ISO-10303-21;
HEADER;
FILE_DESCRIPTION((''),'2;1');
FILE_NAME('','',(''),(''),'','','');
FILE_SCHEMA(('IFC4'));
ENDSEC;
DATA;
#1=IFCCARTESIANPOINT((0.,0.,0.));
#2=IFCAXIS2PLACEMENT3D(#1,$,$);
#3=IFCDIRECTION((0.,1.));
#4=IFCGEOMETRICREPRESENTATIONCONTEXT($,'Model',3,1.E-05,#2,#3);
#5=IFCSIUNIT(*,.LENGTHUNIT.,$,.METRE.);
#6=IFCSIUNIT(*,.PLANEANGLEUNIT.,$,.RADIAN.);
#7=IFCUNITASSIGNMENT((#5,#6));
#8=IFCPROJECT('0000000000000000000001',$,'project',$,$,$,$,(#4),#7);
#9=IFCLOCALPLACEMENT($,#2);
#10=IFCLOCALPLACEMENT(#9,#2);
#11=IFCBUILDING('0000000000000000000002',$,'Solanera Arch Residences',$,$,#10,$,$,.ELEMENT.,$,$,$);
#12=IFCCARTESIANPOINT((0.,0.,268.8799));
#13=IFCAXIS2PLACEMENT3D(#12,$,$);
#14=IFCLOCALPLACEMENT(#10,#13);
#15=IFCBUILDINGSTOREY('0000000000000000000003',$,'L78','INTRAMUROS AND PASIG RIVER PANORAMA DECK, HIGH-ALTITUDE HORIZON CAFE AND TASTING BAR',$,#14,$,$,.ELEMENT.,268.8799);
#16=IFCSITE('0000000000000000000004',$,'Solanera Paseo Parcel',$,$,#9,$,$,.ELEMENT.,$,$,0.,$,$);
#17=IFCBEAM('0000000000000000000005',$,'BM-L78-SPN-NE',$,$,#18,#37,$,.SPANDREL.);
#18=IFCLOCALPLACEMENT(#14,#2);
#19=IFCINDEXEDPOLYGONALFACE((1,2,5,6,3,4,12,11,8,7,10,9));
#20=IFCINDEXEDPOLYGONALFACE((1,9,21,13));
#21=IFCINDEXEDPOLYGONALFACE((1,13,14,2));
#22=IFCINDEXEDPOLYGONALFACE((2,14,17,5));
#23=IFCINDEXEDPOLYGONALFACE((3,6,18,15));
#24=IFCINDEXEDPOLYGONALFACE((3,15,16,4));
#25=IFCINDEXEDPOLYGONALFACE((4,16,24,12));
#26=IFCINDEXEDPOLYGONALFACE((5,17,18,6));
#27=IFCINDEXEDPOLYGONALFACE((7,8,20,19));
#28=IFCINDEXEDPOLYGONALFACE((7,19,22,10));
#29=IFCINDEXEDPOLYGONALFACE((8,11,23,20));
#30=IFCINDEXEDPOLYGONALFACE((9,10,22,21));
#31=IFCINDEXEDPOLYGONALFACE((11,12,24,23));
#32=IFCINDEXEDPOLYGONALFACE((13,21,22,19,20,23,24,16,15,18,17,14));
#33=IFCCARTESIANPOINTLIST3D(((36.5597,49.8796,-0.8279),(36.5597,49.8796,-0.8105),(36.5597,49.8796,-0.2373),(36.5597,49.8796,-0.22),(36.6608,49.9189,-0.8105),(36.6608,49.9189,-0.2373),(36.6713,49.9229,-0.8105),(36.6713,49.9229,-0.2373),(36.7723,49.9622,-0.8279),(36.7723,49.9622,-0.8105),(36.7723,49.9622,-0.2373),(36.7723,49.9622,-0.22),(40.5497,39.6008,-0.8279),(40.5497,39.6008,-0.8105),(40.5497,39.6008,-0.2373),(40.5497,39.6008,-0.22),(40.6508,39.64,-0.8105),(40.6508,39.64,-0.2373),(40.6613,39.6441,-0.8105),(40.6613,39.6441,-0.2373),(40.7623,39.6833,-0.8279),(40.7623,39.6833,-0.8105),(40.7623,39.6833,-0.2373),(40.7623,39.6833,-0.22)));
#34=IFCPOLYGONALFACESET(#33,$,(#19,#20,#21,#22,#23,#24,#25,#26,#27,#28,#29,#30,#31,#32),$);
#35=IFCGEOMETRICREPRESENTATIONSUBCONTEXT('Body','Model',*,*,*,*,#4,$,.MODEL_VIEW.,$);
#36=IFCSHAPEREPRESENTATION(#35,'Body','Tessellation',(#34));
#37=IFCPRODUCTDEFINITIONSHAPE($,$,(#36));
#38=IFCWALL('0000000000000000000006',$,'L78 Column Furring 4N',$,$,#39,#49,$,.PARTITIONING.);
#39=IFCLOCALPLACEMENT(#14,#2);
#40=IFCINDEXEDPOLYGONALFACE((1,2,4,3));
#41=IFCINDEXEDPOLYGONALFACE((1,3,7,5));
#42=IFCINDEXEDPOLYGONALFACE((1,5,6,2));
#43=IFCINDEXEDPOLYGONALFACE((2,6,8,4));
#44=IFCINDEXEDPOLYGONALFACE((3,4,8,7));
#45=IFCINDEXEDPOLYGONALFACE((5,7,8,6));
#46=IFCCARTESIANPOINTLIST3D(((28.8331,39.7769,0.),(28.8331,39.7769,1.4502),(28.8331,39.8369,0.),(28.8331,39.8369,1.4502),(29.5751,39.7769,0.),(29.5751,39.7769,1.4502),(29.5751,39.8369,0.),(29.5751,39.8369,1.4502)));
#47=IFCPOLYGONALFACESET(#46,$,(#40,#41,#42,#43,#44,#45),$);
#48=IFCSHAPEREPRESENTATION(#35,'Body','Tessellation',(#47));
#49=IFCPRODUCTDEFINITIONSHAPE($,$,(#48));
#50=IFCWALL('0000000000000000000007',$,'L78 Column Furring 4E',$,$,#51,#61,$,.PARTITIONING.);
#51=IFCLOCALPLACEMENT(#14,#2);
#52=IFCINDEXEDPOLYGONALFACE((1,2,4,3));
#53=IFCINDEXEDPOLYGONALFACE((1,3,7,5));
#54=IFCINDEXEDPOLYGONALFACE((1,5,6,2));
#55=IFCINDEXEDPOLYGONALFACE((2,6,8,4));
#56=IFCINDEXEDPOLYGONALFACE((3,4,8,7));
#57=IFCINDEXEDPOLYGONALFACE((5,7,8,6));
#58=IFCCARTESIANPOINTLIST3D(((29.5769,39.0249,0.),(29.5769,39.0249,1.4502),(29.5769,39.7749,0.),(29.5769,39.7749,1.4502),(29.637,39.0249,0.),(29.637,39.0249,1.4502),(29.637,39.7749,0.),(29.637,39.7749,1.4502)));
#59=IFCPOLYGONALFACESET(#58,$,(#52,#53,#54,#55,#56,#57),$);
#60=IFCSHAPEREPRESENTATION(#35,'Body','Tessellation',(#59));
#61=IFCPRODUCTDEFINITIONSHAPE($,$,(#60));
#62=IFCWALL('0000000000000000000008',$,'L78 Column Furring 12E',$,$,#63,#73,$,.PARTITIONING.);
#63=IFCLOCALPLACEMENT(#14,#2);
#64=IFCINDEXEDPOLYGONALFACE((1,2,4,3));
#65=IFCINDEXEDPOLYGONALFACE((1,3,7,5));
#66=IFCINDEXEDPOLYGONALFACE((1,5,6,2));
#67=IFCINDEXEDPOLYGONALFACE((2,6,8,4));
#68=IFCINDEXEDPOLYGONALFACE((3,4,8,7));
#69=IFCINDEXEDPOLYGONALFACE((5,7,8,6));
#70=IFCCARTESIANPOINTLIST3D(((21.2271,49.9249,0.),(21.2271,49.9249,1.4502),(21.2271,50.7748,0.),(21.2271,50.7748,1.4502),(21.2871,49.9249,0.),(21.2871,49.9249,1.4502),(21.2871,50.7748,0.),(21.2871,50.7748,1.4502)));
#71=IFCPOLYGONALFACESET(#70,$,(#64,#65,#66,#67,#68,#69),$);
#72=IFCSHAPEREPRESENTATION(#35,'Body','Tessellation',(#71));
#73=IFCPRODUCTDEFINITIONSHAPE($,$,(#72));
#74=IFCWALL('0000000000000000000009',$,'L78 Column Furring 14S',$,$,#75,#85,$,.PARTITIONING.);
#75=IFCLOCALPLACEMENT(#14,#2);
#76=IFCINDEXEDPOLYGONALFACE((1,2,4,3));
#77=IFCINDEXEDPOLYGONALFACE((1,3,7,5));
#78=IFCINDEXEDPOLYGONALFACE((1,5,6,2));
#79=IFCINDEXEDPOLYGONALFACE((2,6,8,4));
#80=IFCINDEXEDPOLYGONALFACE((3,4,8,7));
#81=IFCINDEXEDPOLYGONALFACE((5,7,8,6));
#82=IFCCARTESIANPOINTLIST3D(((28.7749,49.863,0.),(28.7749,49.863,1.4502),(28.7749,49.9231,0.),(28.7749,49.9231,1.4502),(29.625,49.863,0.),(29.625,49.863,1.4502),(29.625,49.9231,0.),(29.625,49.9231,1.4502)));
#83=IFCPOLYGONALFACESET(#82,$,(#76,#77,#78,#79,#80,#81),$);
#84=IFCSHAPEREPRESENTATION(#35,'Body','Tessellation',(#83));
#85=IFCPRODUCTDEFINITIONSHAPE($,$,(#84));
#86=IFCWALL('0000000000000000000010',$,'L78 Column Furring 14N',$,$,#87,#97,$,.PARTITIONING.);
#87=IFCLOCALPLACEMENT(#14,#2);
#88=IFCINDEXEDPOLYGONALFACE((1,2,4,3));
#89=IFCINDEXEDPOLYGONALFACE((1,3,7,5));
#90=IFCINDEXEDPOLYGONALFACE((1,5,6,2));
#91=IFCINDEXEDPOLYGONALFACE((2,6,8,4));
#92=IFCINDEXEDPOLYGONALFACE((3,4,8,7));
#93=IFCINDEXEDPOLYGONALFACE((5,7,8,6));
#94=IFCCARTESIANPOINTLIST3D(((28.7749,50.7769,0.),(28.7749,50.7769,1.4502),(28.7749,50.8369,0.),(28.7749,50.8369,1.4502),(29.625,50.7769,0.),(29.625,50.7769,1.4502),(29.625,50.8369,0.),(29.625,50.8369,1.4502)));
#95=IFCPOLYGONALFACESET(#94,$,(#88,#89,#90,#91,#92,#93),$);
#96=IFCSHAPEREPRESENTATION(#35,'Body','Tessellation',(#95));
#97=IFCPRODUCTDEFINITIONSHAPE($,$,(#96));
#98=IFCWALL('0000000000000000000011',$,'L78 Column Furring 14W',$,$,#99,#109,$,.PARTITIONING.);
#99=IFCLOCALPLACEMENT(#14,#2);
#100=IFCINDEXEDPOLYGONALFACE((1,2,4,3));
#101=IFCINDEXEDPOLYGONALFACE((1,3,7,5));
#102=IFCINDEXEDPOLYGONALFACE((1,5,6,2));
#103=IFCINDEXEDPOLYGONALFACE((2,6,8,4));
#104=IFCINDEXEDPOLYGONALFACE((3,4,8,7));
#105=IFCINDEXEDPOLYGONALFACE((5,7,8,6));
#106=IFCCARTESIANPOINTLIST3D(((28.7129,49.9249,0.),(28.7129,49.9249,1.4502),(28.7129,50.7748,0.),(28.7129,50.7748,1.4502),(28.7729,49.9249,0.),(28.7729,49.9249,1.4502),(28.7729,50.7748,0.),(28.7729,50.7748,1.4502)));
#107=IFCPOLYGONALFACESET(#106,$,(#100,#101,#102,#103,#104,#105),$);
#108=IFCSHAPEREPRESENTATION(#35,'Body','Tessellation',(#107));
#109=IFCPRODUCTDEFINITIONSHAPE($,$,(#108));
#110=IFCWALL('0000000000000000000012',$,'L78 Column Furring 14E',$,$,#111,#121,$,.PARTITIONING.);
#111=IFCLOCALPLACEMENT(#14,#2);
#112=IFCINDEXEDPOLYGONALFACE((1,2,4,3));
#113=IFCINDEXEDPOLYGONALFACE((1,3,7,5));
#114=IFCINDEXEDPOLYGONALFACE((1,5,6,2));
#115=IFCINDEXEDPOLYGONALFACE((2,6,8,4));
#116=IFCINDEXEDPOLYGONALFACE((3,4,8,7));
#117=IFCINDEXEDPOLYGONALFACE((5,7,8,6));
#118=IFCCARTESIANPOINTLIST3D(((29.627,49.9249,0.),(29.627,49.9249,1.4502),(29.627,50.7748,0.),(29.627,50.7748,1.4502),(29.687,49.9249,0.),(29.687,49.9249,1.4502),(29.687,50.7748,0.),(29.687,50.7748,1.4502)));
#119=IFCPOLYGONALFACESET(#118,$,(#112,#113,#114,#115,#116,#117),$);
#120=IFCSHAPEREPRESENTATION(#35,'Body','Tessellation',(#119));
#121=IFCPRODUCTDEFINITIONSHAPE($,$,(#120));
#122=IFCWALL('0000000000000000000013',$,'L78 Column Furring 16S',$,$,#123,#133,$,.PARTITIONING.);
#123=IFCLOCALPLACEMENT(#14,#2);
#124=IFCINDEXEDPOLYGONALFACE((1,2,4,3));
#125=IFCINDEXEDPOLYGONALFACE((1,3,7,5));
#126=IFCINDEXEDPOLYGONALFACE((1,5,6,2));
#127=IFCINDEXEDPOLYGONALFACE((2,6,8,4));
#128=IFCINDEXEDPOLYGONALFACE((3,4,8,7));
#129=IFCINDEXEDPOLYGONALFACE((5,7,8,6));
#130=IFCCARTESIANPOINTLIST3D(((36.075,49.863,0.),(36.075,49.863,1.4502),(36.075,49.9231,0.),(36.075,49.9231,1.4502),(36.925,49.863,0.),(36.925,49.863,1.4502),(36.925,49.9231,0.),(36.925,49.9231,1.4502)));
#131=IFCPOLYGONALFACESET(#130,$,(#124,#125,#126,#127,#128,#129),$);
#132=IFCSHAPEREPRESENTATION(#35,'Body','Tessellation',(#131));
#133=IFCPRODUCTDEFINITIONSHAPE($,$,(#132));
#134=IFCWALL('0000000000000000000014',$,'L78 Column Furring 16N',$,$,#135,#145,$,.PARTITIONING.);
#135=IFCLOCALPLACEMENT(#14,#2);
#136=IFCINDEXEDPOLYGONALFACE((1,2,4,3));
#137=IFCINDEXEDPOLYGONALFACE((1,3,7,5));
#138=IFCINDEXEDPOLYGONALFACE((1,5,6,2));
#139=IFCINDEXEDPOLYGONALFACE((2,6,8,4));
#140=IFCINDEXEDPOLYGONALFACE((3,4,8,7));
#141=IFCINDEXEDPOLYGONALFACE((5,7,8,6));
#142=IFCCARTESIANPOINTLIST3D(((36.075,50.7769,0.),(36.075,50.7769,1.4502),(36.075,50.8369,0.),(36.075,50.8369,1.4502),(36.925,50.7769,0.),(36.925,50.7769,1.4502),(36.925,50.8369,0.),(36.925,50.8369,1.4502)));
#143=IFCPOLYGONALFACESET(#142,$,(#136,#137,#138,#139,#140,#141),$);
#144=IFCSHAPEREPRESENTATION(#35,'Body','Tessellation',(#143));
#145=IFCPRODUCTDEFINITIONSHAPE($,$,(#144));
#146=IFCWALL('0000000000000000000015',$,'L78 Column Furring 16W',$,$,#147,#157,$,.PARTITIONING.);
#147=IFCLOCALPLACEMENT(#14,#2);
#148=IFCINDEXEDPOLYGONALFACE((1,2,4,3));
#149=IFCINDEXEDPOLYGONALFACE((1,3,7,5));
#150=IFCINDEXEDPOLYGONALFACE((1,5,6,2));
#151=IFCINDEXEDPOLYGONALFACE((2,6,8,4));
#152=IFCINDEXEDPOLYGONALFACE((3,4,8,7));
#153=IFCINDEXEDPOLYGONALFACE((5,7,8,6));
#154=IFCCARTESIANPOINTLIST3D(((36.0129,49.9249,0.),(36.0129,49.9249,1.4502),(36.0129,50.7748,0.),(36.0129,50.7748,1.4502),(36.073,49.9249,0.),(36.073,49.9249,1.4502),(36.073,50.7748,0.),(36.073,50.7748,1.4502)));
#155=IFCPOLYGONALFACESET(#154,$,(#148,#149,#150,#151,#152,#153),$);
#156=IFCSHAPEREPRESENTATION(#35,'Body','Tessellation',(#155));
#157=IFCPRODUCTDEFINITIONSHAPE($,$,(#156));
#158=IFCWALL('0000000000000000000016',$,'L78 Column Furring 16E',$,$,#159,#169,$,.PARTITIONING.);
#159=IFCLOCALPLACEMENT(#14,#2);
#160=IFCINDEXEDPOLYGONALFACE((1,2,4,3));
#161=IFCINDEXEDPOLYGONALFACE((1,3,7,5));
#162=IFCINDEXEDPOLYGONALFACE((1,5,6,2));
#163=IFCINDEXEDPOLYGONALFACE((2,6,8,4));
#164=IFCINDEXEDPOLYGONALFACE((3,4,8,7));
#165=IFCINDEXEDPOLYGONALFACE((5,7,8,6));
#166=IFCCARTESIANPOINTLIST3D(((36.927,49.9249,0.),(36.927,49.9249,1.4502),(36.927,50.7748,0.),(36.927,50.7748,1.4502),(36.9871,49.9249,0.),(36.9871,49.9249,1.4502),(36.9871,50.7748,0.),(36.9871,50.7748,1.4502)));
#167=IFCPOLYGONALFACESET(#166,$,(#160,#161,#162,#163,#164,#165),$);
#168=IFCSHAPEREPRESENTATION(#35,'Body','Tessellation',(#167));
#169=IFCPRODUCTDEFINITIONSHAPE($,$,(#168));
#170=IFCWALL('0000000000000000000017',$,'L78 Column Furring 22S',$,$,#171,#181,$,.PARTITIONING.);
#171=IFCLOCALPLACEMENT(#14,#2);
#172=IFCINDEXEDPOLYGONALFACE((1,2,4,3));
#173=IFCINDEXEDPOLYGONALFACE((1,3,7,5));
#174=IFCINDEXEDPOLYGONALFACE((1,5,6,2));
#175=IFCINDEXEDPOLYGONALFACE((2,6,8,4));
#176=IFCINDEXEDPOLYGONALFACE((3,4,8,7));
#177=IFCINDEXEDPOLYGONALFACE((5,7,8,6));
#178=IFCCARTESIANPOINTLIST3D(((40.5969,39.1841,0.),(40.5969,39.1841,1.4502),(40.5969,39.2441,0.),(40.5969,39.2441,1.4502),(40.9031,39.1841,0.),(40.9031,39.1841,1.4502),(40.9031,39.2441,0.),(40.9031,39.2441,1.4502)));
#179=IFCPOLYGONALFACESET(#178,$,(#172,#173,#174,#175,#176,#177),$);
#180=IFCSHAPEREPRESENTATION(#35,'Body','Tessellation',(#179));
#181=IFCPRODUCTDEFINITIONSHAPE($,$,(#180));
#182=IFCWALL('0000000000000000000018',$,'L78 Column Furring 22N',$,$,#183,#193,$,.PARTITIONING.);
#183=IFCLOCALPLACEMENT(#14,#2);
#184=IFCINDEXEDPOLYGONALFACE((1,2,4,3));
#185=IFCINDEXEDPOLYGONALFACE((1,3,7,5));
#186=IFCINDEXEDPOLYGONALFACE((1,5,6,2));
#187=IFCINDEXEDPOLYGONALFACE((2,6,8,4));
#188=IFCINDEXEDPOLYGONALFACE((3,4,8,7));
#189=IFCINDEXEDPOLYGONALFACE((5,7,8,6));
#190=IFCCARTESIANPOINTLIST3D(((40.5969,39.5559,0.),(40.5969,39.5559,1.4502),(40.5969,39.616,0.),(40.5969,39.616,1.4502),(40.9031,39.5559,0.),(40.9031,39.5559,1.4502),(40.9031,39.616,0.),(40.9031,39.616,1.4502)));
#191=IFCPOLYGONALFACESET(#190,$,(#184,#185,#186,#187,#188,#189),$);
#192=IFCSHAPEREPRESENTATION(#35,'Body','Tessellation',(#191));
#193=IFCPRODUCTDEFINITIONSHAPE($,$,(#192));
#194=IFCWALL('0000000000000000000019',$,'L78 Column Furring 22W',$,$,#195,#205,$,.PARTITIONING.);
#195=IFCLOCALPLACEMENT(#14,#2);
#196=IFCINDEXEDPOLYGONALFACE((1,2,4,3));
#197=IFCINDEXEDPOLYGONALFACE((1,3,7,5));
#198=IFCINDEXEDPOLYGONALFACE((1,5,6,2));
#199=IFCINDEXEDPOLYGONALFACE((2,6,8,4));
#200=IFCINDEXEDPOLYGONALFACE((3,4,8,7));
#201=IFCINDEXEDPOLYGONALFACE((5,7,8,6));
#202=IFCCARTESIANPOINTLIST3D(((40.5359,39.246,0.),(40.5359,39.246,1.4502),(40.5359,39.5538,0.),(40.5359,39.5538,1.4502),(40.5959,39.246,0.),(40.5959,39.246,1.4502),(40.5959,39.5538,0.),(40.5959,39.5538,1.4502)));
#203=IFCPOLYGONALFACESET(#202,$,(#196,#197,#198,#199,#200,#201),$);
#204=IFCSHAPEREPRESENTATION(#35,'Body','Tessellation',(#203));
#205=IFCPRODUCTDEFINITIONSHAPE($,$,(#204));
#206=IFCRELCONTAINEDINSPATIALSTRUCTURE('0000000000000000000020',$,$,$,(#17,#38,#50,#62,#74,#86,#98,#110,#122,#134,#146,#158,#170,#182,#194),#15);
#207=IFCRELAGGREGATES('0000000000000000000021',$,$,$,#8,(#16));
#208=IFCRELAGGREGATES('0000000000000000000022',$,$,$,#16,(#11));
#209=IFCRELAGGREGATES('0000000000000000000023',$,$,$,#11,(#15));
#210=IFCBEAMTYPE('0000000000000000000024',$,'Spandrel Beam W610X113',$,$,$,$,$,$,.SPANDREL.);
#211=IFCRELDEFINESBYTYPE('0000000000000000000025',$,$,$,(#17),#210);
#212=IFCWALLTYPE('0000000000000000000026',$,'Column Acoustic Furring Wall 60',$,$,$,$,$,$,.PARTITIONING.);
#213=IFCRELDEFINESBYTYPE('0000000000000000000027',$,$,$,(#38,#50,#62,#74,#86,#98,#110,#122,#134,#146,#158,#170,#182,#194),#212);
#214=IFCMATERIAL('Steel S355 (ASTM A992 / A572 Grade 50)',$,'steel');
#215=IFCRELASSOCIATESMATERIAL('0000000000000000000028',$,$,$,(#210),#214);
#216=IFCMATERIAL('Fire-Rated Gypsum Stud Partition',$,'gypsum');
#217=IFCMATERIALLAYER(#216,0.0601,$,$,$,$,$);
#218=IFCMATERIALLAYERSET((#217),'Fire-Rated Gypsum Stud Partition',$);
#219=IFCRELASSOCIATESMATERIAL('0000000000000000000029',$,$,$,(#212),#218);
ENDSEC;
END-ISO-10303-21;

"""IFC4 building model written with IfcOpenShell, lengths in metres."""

from ifc_helpers import new_model, si_unit, direction, frame, frame_2d, origin, origin_2d, place, context, subcontext, project, spatial, rectangle, i_section, extrude, material, layer, layer_set, material_profile, profile_set, type_object, element, save


model = new_model("IFC4")

# Units and contexts
model_context = context("Model", 3, precision=1e-05, world=origin(), true_north=direction((0.0, 1.0)))
body_context = subcontext(model_context, "Body", "Model", "MODEL_VIEW")
ifc_project = project(units=[si_unit("LENGTHUNIT", "METRE"), si_unit("PLANEANGLEUNIT", "RADIAN")], contexts=[model_context])

# Site, building, storey
site_placement = place(None, origin())
site = spatial("IfcSite", under=ifc_project, at=site_placement, Name="Solanera Paseo Parcel", CompositionType="ELEMENT", RefElevation=0.0)
building_placement = place(site_placement, origin())
building = spatial("IfcBuilding", under=site, at=building_placement, Name="Solanera Arch Residences", CompositionType="ELEMENT")
storey_placement = place(building_placement, frame((0.0, 0.0, 268.8799)))
storey = spatial("IfcBuildingStorey", under=building, at=storey_placement, Name="L78", Description="INTRAMUROS AND PASIG RIVER PANORAMA DECK, HIGH-ALTITUDE HORIZON CAFE AND TASTING BAR", CompositionType="ELEMENT", Elevation=268.8799)

# Beam
ifc_material_1 = material(Name="Steel S355 (ASTM A992 / A572 Grade 50)", Category="steel")
ifc_material_profile_1 = material_profile(ifc_material_1, i_section(OverallWidth=0.228, OverallDepth=0.6079, WebThickness=0.0112, FlangeThickness=0.0173, at=origin_2d()))
ifc_profile_set_1 = profile_set([ifc_material_profile_1], Name="Steel S355 (ASTM A992 / A572 Grade 50)")
beam_type_1 = type_object("IfcBeamType", Name="Spandrel Beam W610X113", PredefinedType="SPANDREL", material=ifc_profile_set_1)
beam_1_placement = place(storey_placement, frame((36.666, 49.9209, -0.5239), z_axis=(0.361869, -0.932229, 0.0), x_axis=(0.932229, 0.361869, 0.0)))
element("IfcBeam", 1, at=beam_1_placement, inside=storey, type_object=beam_type_1, Name="BM-L78-SPN-NE", PredefinedType="SPANDREL", context=body_context, shape_type="SweptSolid", body=[
    extrude(i_section(OverallWidth=0.228, OverallDepth=0.6079, WebThickness=0.0112, FlangeThickness=0.0173, at=origin_2d()), origin(), (0.0, 0.0, 1.0), 11.0261),
])

# Walls
ifc_material_2 = material(Name="Fire-Rated Gypsum Stud Partition", Category="gypsum")
ifc_layer_1 = layer(ifc_material_2, 0.0601)
ifc_layer_set_1 = layer_set([ifc_layer_1], Name="Fire-Rated Gypsum Stud Partition")
wall_type_1 = type_object("IfcWallType", Name="Column Acoustic Furring Wall 60", PredefinedType="PARTITIONING", material=ifc_layer_set_1)
wall_1_placement = place(storey_placement, frame((28.833, 39.8069, 0.0), z_axis=(0.0, 0.0, 1.0), x_axis=(1.0, 0.0, 0.0)))
element("IfcWall", 2, at=wall_1_placement, inside=storey, type_object=wall_type_1, Name="L78 Column Furring 4N", PredefinedType="PARTITIONING", context=body_context, shape_type="SweptSolid", body=[
    extrude(rectangle(XDim=0.7419, YDim=0.0601, at=frame_2d((0.3711, 0.0))), origin(), (0.0, 0.0, 1.0), 1.4502),
])
wall_2_placement = place(storey_placement, frame((29.6069, 39.0249, 0.0), z_axis=(0.0, 0.0, 1.0), x_axis=(0.0, 1.0, 0.0)))
element("IfcWall", 3, at=wall_2_placement, inside=storey, type_object=wall_type_1, Name="L78 Column Furring 4E", PredefinedType="PARTITIONING", context=body_context, shape_type="SweptSolid", body=[
    extrude(rectangle(XDim=0.75, YDim=0.0601, at=frame_2d((0.375, 0.0))), origin(), (0.0, 0.0, 1.0), 1.4502),
])
wall_3_placement = place(storey_placement, frame((21.2571, 49.925, 0.0), z_axis=(0.0, 0.0, 1.0), x_axis=(0.0, 1.0, 0.0)))
element("IfcWall", 4, at=wall_3_placement, inside=storey, type_object=wall_type_1, Name="L78 Column Furring 12E", PredefinedType="PARTITIONING", context=body_context, shape_type="SweptSolid", body=[
    extrude(rectangle(XDim=0.8499, YDim=0.0601, at=frame_2d((0.4248, 0.0))), origin(), (0.0, 0.0, 1.0), 1.4502),
])
for number, where, z_axis, x_axis, name in (
    (5, (28.7749, 49.8931, 0.0), (0.0, 0.0, 1.0), (1.0, 0.0, 0.0), "L78 Column Furring 14S"),
    (6, (28.7749, 50.8069, 0.0), (0.0, 0.0, 1.0), (1.0, 0.0, 0.0), "L78 Column Furring 14N"),
):
    element("IfcWall", number, at=place(storey_placement, frame(where, z_axis=z_axis, x_axis=x_axis)), inside=storey, type_object=wall_type_1, Name=name, PredefinedType="PARTITIONING", context=body_context, shape_type="SweptSolid", body=[
        extrude(rectangle(XDim=0.8501, YDim=0.0601, at=frame_2d((0.425, 0.0))), origin(), (0.0, 0.0, 1.0), 1.4502),
    ])
for number, where, z_axis, x_axis, name in (
    (7, (28.7429, 49.925, 0.0), (0.0, 0.0, 1.0), (0.0, 1.0, 0.0), "L78 Column Furring 14W"),
    (8, (29.657, 49.925, 0.0), (0.0, 0.0, 1.0), (0.0, 1.0, 0.0), "L78 Column Furring 14E"),
):
    element("IfcWall", number, at=place(storey_placement, frame(where, z_axis=z_axis, x_axis=x_axis)), inside=storey, type_object=wall_type_1, Name=name, PredefinedType="PARTITIONING", context=body_context, shape_type="SweptSolid", body=[
        extrude(rectangle(XDim=0.8499, YDim=0.0601, at=frame_2d((0.4248, 0.0))), origin(), (0.0, 0.0, 1.0), 1.4502),
    ])
for number, where, z_axis, x_axis, name in (
    (9, (36.075, 49.8931, 0.0), (0.0, 0.0, 1.0), (1.0, 0.0, 0.0), "L78 Column Furring 16S"),
    (10, (36.075, 50.8069, 0.0), (0.0, 0.0, 1.0), (1.0, 0.0, 0.0), "L78 Column Furring 16N"),
):
    element("IfcWall", number, at=place(storey_placement, frame(where, z_axis=z_axis, x_axis=x_axis)), inside=storey, type_object=wall_type_1, Name=name, PredefinedType="PARTITIONING", context=body_context, shape_type="SweptSolid", body=[
        extrude(rectangle(XDim=0.8501, YDim=0.0601, at=frame_2d((0.425, 0.0))), origin(), (0.0, 0.0, 1.0), 1.4502),
    ])
for number, where, z_axis, x_axis, name in (
    (11, (36.043, 49.925, 0.0), (0.0, 0.0, 1.0), (0.0, 1.0, 0.0), "L78 Column Furring 16W"),
    (12, (36.957, 49.925, 0.0), (0.0, 0.0, 1.0), (0.0, 1.0, 0.0), "L78 Column Furring 16E"),
):
    element("IfcWall", number, at=place(storey_placement, frame(where, z_axis=z_axis, x_axis=x_axis)), inside=storey, type_object=wall_type_1, Name=name, PredefinedType="PARTITIONING", context=body_context, shape_type="SweptSolid", body=[
        extrude(rectangle(XDim=0.8499, YDim=0.0601, at=frame_2d((0.4248, 0.0))), origin(), (0.0, 0.0, 1.0), 1.4502),
    ])
for number, where, z_axis, x_axis, name in (
    (13, (40.5969, 39.2141, 0.0), (0.0, 0.0, 1.0), (1.0, 0.0, 0.0), "L78 Column Furring 22S"),
    (14, (40.5969, 39.5859, 0.0), (0.0, 0.0, 1.0), (1.0, 0.0, 0.0), "L78 Column Furring 22N"),
):
    element("IfcWall", number, at=place(storey_placement, frame(where, z_axis=z_axis, x_axis=x_axis)), inside=storey, type_object=wall_type_1, Name=name, PredefinedType="PARTITIONING", context=body_context, shape_type="SweptSolid", body=[
        extrude(rectangle(XDim=0.3062, YDim=0.0601, at=frame_2d((0.1531, 0.0))), origin(), (0.0, 0.0, 1.0), 1.4502),
    ])
for number, where, z_axis, x_axis, name in (
    (15, (40.5659, 39.2461, 0.0), (0.0, 0.0, 1.0), (0.0, 1.0, 0.0), "L78 Column Furring 22W"),
):
    element("IfcWall", number, at=place(storey_placement, frame(where, z_axis=z_axis, x_axis=x_axis)), inside=storey, type_object=wall_type_1, Name=name, PredefinedType="PARTITIONING", context=body_context, shape_type="SweptSolid", body=[
        extrude(rectangle(XDim=0.3079, YDim=0.0601, at=frame_2d((0.1538, 0.0))), origin(), (0.0, 0.0, 1.0), 1.4502),
    ])

save(model, "model.ifc")
